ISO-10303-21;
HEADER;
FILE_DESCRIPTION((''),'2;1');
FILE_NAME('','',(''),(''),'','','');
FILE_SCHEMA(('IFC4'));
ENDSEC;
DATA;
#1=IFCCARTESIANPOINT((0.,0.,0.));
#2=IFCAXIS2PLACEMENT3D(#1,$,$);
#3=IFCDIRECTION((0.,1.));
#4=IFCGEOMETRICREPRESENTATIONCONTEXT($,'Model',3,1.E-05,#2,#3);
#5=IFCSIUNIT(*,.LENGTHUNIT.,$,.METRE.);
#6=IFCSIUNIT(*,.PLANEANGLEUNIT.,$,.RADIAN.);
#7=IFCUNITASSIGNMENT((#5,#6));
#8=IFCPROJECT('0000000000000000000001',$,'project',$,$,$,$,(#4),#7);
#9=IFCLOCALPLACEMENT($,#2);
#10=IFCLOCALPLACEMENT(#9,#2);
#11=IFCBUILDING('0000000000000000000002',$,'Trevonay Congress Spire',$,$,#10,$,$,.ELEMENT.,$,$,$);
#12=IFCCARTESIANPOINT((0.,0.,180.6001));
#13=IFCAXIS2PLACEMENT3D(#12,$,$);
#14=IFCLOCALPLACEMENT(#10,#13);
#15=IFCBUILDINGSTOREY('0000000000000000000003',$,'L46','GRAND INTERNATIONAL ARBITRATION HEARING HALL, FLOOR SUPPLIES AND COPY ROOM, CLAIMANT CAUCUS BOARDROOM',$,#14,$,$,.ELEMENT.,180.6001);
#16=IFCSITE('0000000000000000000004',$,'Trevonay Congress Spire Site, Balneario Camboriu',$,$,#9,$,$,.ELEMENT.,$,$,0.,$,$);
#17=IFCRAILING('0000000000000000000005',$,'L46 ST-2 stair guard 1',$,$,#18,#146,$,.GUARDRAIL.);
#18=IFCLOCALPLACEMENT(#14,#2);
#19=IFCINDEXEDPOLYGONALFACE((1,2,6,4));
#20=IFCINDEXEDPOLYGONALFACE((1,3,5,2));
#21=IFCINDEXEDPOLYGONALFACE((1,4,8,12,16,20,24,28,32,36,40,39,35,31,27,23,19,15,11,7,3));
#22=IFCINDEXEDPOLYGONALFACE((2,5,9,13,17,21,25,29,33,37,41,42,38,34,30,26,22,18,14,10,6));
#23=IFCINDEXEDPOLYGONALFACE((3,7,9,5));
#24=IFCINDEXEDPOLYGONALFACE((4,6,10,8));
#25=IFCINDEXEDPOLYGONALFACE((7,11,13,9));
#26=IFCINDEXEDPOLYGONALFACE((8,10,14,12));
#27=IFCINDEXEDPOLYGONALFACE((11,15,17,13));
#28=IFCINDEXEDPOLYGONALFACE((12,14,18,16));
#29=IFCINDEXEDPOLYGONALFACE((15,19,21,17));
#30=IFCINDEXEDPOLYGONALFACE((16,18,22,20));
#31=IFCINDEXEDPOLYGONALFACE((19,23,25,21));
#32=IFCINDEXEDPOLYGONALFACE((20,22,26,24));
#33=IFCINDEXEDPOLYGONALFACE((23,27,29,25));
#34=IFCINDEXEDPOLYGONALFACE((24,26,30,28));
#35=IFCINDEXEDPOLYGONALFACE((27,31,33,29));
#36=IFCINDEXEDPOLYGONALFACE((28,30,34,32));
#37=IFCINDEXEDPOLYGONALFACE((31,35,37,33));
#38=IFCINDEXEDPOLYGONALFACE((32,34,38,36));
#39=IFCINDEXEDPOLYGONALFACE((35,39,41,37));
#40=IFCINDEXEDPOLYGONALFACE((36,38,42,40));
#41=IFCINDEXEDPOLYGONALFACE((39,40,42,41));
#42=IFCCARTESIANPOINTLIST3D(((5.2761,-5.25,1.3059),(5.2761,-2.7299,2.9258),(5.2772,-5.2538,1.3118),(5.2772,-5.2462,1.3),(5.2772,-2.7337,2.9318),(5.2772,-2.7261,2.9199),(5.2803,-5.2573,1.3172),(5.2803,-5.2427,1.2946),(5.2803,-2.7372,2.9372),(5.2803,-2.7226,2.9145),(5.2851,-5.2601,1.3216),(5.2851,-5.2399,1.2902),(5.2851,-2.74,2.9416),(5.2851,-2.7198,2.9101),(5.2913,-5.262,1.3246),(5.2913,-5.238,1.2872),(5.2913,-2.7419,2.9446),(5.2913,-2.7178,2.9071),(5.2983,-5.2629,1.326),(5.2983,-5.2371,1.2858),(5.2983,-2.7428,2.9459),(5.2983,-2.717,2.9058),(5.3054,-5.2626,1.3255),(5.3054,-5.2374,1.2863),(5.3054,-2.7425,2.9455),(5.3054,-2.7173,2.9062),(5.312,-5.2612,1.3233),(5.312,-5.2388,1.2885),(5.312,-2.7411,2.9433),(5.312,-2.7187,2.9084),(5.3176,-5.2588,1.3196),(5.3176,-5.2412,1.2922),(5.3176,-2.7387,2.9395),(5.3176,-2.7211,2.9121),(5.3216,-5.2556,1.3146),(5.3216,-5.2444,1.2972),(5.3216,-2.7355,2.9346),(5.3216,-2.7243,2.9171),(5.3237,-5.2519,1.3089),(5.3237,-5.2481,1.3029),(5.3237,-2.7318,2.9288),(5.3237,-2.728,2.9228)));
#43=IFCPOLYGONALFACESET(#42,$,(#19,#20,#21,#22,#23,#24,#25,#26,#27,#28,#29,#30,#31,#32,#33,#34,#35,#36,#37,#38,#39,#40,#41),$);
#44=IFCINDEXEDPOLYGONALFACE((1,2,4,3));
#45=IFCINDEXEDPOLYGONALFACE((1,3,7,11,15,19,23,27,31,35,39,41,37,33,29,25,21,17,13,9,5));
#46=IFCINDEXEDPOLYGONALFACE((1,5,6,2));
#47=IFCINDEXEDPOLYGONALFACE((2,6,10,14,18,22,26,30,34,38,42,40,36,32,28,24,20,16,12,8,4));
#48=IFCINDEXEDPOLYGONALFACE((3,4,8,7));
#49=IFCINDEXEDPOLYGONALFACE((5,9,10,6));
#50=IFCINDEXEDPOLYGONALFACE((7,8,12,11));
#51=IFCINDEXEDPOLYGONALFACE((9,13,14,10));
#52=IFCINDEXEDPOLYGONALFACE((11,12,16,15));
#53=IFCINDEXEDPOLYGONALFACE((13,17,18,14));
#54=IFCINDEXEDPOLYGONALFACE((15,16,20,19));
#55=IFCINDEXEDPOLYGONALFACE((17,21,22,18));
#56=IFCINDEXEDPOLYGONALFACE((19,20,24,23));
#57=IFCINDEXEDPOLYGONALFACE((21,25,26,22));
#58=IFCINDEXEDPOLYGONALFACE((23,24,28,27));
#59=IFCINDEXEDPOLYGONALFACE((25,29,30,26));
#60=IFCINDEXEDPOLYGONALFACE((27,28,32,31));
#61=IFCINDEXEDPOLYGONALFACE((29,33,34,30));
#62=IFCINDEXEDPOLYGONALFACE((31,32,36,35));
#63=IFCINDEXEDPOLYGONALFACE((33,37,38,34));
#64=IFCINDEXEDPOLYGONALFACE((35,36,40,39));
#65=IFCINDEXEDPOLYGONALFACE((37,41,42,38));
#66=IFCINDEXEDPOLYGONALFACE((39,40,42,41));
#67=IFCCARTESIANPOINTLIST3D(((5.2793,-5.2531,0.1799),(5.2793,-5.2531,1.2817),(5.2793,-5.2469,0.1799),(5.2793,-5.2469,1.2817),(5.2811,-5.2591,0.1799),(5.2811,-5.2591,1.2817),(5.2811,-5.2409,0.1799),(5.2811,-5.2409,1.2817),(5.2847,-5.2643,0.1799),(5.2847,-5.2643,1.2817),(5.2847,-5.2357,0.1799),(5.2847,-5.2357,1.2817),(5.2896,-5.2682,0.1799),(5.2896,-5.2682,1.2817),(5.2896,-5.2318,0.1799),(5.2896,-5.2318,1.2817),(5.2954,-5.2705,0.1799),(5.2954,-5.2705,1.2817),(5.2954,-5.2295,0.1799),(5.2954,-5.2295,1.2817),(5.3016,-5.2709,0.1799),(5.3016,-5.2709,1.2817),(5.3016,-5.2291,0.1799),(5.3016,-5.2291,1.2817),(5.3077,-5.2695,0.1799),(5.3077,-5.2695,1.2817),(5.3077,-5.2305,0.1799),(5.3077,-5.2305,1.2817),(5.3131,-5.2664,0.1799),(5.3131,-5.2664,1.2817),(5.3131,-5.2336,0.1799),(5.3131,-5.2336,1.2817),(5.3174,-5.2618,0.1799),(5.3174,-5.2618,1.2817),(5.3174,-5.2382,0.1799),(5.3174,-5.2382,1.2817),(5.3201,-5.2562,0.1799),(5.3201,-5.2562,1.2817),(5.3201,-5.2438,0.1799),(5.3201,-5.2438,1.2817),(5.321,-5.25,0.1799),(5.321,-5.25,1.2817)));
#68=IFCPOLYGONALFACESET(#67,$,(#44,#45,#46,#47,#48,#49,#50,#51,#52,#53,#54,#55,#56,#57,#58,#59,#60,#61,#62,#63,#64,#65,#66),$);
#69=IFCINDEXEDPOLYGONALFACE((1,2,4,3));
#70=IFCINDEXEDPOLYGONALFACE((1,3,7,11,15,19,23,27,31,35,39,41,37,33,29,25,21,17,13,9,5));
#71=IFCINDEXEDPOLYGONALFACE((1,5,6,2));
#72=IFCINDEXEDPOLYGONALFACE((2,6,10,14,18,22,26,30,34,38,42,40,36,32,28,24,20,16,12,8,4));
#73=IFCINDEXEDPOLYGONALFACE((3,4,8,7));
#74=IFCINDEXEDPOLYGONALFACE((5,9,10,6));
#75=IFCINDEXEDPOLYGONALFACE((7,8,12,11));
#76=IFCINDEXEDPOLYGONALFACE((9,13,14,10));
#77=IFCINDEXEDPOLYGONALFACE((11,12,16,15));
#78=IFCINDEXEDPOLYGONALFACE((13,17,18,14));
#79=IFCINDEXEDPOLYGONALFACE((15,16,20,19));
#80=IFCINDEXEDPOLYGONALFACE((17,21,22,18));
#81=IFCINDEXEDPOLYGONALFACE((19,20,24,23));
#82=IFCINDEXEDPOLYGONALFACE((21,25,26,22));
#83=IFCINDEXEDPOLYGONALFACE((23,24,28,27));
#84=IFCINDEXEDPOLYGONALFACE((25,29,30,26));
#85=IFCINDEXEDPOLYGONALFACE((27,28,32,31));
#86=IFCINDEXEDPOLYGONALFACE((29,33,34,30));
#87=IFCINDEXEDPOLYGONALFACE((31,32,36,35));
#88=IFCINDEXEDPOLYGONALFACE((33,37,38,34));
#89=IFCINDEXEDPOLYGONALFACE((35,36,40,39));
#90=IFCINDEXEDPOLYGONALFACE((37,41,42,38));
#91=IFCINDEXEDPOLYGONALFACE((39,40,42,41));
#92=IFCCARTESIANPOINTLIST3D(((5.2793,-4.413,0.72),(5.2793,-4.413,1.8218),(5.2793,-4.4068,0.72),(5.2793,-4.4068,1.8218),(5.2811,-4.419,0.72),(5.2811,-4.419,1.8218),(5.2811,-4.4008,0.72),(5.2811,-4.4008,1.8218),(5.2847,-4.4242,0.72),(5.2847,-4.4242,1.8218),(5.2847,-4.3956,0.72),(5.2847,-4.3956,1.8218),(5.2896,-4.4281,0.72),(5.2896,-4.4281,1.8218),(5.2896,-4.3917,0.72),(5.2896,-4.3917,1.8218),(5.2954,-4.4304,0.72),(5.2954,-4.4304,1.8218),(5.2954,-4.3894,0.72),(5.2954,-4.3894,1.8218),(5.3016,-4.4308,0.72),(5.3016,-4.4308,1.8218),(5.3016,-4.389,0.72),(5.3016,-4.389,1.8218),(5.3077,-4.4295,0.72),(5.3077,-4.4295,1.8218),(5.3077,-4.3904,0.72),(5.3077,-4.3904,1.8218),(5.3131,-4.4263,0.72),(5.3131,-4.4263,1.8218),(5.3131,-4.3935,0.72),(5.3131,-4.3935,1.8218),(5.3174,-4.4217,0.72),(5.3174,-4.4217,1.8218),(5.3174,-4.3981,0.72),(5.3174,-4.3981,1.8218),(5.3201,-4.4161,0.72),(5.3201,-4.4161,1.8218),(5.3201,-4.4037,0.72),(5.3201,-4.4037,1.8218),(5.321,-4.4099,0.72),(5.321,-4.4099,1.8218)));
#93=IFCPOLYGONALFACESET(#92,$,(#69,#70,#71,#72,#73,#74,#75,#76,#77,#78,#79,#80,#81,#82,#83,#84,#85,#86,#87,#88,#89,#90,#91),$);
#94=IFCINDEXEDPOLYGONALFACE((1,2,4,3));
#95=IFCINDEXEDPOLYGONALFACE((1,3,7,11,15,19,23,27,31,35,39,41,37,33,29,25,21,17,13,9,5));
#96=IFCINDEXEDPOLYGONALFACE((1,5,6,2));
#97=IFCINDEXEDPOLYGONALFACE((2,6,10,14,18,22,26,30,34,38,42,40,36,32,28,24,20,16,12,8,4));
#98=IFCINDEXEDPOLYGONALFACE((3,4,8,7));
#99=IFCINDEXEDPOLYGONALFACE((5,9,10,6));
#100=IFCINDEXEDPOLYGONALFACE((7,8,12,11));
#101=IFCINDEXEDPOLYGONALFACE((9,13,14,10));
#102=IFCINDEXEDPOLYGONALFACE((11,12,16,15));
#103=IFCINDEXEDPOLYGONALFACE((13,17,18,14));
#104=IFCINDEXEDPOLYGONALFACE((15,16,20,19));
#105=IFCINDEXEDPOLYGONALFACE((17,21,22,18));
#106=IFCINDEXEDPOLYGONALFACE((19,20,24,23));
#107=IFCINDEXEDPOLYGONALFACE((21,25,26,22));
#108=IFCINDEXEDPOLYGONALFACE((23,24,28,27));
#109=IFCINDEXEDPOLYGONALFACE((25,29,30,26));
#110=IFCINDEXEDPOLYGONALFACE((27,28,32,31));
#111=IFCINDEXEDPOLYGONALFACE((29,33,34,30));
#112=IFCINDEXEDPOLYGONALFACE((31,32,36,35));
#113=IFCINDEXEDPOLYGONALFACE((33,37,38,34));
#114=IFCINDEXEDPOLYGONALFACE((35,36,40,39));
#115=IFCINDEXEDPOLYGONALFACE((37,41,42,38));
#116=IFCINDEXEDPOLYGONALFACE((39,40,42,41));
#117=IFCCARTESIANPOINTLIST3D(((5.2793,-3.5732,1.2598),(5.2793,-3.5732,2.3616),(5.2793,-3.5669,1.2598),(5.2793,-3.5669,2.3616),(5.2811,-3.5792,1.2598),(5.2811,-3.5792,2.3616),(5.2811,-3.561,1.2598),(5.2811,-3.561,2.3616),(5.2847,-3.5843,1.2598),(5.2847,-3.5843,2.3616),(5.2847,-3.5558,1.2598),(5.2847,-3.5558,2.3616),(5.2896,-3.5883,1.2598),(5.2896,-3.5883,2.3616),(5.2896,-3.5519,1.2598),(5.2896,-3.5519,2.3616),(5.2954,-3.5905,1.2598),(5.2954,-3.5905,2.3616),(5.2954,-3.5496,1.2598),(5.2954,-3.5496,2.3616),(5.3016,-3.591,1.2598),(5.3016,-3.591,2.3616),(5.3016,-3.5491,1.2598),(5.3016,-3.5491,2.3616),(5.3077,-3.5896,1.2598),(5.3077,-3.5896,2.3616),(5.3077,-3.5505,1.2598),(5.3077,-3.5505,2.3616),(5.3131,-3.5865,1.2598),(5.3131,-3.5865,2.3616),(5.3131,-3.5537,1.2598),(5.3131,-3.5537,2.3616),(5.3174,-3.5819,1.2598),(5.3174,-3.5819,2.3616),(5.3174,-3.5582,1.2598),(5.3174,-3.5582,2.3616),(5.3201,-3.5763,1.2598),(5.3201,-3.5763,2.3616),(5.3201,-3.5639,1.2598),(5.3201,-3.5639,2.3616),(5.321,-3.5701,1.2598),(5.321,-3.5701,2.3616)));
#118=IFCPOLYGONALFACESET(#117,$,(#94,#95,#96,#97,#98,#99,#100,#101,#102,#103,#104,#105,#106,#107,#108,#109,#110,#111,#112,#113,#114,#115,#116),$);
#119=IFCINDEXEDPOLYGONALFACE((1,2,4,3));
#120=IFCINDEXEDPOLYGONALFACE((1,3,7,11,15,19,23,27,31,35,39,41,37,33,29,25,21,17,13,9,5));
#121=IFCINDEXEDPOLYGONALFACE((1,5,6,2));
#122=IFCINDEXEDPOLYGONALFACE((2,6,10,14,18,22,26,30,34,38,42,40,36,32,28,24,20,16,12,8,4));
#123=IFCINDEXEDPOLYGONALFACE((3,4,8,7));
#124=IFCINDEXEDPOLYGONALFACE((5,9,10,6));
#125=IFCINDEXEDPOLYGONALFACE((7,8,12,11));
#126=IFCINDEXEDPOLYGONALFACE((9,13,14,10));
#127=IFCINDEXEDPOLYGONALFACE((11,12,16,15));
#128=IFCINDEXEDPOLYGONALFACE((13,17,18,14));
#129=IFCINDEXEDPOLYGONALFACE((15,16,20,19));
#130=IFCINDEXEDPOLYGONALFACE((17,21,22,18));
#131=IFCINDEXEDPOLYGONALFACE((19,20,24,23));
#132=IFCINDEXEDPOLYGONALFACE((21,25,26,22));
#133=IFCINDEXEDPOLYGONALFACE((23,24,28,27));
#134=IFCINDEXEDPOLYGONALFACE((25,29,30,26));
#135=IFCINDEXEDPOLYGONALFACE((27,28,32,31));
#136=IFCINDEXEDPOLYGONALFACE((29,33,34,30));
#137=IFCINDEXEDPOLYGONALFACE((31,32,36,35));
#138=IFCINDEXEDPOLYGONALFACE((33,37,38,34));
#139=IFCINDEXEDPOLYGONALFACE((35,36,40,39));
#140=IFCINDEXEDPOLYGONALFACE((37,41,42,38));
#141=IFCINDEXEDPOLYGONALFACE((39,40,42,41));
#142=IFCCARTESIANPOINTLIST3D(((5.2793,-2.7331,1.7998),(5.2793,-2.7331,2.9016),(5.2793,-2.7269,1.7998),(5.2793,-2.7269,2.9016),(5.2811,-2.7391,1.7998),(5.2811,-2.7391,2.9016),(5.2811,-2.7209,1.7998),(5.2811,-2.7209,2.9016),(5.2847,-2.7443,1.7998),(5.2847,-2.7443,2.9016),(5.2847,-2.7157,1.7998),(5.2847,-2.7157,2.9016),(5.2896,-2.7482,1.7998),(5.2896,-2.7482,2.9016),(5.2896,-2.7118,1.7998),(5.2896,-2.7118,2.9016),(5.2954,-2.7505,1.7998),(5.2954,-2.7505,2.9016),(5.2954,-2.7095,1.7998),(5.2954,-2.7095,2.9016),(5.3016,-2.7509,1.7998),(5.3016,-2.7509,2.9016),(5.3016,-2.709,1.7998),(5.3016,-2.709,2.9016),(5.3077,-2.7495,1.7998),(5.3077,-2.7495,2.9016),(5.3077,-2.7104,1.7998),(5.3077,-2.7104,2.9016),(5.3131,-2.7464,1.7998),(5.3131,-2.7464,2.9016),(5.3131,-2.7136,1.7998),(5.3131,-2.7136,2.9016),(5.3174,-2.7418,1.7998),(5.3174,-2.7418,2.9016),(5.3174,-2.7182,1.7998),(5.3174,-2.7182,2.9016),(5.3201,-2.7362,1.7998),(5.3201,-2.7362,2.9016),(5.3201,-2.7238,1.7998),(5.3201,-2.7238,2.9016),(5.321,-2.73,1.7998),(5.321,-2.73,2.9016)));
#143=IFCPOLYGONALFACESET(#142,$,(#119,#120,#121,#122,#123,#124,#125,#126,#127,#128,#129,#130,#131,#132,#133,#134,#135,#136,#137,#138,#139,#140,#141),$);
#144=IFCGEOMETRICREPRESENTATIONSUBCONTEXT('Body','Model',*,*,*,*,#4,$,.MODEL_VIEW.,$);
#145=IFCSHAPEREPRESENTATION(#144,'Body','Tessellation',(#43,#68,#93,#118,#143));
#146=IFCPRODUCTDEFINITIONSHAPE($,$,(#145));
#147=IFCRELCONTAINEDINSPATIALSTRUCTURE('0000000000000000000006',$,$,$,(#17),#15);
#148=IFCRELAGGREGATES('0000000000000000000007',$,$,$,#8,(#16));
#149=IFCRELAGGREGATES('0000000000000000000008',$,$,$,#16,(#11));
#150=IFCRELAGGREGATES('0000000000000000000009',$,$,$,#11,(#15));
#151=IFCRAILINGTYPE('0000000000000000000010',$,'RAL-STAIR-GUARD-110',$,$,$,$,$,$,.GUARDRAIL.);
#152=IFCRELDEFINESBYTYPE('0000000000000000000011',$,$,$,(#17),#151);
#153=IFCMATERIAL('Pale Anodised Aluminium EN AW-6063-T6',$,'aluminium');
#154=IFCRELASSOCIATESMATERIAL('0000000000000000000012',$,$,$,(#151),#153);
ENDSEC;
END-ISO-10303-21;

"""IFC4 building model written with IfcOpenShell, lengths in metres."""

from ifc_helpers import new_model, si_unit, direction, frame, origin, origin_2d, place, context, subcontext, project, spatial, circle, extrude, material, type_object, element, save


model = new_model("IFC4")

# Units and contexts
model_context = context("Model", 3, precision=1e-05, world=origin(), true_north=direction((0.0, 1.0)))
body_context = subcontext(model_context, "Body", "Model", "MODEL_VIEW")
ifc_project = project(units=[si_unit("LENGTHUNIT", "METRE"), si_unit("PLANEANGLEUNIT", "RADIAN")], contexts=[model_context])

# Site, building, storey
site_placement = place(None, origin())
site = spatial("IfcSite", under=ifc_project, at=site_placement, Name="Trevonay Congress Spire Site, Balneario Camboriu", CompositionType="ELEMENT", RefElevation=0.0)
building_placement = place(site_placement, origin())
building = spatial("IfcBuilding", under=site, at=building_placement, Name="Trevonay Congress Spire", CompositionType="ELEMENT")
storey_placement = place(building_placement, frame((0.0, 0.0, 180.6001)))
storey = spatial("IfcBuildingStorey", under=building, at=storey_placement, Name="L46", Description="GRAND INTERNATIONAL ARBITRATION HEARING HALL, FLOOR SUPPLIES AND COPY ROOM, CLAIMANT CAUCUS BOARDROOM", CompositionType="ELEMENT", Elevation=180.6001)

# Shared definitions
ifc_material_1 = material(Name="Pale Anodised Aluminium EN AW-6063-T6", Category="aluminium")

# Railing
railing_type_1 = type_object("IfcRailingType", Name="RAL-STAIR-GUARD-110", PredefinedType="GUARDRAIL", material=ifc_material_1)
railing_1_placement = place(storey_placement, frame((5.3, -5.25, 0.1799)))
element("IfcRailing", 1, at=railing_1_placement, inside=storey, type_object=railing_type_1, Name="L46 ST-2 stair guard 1", PredefinedType="GUARDRAIL", context=body_context, shape_type="SweptSolid", body=[
    extrude(circle(Radius=0.0239, at=origin_2d()), frame((0.0, 0.0, 1.126), z_axis=(0.0, 0.8412, 0.540725), x_axis=(-1.0, 0.0, 0.0)), (0.0, 0.0, 1.0), 2.9958),
    extrude(circle(Radius=0.021, at=origin_2d()), origin(), (0.0, 0.0, 1.0), 1.1018),
    extrude(circle(Radius=0.021, at=origin_2d()), frame((0.0, 0.8401, 0.54)), (0.0, 0.0, 1.0), 1.1018),
    extrude(circle(Radius=0.021, at=origin_2d()), frame((0.0, 1.6799, 1.0798)), (0.0, 0.0, 1.0), 1.1018),
    extrude(circle(Radius=0.021, at=origin_2d()), frame((0.0, 2.52, 1.6199)), (0.0, 0.0, 1.0), 1.1018),
])

save(model, "model.ifc")
